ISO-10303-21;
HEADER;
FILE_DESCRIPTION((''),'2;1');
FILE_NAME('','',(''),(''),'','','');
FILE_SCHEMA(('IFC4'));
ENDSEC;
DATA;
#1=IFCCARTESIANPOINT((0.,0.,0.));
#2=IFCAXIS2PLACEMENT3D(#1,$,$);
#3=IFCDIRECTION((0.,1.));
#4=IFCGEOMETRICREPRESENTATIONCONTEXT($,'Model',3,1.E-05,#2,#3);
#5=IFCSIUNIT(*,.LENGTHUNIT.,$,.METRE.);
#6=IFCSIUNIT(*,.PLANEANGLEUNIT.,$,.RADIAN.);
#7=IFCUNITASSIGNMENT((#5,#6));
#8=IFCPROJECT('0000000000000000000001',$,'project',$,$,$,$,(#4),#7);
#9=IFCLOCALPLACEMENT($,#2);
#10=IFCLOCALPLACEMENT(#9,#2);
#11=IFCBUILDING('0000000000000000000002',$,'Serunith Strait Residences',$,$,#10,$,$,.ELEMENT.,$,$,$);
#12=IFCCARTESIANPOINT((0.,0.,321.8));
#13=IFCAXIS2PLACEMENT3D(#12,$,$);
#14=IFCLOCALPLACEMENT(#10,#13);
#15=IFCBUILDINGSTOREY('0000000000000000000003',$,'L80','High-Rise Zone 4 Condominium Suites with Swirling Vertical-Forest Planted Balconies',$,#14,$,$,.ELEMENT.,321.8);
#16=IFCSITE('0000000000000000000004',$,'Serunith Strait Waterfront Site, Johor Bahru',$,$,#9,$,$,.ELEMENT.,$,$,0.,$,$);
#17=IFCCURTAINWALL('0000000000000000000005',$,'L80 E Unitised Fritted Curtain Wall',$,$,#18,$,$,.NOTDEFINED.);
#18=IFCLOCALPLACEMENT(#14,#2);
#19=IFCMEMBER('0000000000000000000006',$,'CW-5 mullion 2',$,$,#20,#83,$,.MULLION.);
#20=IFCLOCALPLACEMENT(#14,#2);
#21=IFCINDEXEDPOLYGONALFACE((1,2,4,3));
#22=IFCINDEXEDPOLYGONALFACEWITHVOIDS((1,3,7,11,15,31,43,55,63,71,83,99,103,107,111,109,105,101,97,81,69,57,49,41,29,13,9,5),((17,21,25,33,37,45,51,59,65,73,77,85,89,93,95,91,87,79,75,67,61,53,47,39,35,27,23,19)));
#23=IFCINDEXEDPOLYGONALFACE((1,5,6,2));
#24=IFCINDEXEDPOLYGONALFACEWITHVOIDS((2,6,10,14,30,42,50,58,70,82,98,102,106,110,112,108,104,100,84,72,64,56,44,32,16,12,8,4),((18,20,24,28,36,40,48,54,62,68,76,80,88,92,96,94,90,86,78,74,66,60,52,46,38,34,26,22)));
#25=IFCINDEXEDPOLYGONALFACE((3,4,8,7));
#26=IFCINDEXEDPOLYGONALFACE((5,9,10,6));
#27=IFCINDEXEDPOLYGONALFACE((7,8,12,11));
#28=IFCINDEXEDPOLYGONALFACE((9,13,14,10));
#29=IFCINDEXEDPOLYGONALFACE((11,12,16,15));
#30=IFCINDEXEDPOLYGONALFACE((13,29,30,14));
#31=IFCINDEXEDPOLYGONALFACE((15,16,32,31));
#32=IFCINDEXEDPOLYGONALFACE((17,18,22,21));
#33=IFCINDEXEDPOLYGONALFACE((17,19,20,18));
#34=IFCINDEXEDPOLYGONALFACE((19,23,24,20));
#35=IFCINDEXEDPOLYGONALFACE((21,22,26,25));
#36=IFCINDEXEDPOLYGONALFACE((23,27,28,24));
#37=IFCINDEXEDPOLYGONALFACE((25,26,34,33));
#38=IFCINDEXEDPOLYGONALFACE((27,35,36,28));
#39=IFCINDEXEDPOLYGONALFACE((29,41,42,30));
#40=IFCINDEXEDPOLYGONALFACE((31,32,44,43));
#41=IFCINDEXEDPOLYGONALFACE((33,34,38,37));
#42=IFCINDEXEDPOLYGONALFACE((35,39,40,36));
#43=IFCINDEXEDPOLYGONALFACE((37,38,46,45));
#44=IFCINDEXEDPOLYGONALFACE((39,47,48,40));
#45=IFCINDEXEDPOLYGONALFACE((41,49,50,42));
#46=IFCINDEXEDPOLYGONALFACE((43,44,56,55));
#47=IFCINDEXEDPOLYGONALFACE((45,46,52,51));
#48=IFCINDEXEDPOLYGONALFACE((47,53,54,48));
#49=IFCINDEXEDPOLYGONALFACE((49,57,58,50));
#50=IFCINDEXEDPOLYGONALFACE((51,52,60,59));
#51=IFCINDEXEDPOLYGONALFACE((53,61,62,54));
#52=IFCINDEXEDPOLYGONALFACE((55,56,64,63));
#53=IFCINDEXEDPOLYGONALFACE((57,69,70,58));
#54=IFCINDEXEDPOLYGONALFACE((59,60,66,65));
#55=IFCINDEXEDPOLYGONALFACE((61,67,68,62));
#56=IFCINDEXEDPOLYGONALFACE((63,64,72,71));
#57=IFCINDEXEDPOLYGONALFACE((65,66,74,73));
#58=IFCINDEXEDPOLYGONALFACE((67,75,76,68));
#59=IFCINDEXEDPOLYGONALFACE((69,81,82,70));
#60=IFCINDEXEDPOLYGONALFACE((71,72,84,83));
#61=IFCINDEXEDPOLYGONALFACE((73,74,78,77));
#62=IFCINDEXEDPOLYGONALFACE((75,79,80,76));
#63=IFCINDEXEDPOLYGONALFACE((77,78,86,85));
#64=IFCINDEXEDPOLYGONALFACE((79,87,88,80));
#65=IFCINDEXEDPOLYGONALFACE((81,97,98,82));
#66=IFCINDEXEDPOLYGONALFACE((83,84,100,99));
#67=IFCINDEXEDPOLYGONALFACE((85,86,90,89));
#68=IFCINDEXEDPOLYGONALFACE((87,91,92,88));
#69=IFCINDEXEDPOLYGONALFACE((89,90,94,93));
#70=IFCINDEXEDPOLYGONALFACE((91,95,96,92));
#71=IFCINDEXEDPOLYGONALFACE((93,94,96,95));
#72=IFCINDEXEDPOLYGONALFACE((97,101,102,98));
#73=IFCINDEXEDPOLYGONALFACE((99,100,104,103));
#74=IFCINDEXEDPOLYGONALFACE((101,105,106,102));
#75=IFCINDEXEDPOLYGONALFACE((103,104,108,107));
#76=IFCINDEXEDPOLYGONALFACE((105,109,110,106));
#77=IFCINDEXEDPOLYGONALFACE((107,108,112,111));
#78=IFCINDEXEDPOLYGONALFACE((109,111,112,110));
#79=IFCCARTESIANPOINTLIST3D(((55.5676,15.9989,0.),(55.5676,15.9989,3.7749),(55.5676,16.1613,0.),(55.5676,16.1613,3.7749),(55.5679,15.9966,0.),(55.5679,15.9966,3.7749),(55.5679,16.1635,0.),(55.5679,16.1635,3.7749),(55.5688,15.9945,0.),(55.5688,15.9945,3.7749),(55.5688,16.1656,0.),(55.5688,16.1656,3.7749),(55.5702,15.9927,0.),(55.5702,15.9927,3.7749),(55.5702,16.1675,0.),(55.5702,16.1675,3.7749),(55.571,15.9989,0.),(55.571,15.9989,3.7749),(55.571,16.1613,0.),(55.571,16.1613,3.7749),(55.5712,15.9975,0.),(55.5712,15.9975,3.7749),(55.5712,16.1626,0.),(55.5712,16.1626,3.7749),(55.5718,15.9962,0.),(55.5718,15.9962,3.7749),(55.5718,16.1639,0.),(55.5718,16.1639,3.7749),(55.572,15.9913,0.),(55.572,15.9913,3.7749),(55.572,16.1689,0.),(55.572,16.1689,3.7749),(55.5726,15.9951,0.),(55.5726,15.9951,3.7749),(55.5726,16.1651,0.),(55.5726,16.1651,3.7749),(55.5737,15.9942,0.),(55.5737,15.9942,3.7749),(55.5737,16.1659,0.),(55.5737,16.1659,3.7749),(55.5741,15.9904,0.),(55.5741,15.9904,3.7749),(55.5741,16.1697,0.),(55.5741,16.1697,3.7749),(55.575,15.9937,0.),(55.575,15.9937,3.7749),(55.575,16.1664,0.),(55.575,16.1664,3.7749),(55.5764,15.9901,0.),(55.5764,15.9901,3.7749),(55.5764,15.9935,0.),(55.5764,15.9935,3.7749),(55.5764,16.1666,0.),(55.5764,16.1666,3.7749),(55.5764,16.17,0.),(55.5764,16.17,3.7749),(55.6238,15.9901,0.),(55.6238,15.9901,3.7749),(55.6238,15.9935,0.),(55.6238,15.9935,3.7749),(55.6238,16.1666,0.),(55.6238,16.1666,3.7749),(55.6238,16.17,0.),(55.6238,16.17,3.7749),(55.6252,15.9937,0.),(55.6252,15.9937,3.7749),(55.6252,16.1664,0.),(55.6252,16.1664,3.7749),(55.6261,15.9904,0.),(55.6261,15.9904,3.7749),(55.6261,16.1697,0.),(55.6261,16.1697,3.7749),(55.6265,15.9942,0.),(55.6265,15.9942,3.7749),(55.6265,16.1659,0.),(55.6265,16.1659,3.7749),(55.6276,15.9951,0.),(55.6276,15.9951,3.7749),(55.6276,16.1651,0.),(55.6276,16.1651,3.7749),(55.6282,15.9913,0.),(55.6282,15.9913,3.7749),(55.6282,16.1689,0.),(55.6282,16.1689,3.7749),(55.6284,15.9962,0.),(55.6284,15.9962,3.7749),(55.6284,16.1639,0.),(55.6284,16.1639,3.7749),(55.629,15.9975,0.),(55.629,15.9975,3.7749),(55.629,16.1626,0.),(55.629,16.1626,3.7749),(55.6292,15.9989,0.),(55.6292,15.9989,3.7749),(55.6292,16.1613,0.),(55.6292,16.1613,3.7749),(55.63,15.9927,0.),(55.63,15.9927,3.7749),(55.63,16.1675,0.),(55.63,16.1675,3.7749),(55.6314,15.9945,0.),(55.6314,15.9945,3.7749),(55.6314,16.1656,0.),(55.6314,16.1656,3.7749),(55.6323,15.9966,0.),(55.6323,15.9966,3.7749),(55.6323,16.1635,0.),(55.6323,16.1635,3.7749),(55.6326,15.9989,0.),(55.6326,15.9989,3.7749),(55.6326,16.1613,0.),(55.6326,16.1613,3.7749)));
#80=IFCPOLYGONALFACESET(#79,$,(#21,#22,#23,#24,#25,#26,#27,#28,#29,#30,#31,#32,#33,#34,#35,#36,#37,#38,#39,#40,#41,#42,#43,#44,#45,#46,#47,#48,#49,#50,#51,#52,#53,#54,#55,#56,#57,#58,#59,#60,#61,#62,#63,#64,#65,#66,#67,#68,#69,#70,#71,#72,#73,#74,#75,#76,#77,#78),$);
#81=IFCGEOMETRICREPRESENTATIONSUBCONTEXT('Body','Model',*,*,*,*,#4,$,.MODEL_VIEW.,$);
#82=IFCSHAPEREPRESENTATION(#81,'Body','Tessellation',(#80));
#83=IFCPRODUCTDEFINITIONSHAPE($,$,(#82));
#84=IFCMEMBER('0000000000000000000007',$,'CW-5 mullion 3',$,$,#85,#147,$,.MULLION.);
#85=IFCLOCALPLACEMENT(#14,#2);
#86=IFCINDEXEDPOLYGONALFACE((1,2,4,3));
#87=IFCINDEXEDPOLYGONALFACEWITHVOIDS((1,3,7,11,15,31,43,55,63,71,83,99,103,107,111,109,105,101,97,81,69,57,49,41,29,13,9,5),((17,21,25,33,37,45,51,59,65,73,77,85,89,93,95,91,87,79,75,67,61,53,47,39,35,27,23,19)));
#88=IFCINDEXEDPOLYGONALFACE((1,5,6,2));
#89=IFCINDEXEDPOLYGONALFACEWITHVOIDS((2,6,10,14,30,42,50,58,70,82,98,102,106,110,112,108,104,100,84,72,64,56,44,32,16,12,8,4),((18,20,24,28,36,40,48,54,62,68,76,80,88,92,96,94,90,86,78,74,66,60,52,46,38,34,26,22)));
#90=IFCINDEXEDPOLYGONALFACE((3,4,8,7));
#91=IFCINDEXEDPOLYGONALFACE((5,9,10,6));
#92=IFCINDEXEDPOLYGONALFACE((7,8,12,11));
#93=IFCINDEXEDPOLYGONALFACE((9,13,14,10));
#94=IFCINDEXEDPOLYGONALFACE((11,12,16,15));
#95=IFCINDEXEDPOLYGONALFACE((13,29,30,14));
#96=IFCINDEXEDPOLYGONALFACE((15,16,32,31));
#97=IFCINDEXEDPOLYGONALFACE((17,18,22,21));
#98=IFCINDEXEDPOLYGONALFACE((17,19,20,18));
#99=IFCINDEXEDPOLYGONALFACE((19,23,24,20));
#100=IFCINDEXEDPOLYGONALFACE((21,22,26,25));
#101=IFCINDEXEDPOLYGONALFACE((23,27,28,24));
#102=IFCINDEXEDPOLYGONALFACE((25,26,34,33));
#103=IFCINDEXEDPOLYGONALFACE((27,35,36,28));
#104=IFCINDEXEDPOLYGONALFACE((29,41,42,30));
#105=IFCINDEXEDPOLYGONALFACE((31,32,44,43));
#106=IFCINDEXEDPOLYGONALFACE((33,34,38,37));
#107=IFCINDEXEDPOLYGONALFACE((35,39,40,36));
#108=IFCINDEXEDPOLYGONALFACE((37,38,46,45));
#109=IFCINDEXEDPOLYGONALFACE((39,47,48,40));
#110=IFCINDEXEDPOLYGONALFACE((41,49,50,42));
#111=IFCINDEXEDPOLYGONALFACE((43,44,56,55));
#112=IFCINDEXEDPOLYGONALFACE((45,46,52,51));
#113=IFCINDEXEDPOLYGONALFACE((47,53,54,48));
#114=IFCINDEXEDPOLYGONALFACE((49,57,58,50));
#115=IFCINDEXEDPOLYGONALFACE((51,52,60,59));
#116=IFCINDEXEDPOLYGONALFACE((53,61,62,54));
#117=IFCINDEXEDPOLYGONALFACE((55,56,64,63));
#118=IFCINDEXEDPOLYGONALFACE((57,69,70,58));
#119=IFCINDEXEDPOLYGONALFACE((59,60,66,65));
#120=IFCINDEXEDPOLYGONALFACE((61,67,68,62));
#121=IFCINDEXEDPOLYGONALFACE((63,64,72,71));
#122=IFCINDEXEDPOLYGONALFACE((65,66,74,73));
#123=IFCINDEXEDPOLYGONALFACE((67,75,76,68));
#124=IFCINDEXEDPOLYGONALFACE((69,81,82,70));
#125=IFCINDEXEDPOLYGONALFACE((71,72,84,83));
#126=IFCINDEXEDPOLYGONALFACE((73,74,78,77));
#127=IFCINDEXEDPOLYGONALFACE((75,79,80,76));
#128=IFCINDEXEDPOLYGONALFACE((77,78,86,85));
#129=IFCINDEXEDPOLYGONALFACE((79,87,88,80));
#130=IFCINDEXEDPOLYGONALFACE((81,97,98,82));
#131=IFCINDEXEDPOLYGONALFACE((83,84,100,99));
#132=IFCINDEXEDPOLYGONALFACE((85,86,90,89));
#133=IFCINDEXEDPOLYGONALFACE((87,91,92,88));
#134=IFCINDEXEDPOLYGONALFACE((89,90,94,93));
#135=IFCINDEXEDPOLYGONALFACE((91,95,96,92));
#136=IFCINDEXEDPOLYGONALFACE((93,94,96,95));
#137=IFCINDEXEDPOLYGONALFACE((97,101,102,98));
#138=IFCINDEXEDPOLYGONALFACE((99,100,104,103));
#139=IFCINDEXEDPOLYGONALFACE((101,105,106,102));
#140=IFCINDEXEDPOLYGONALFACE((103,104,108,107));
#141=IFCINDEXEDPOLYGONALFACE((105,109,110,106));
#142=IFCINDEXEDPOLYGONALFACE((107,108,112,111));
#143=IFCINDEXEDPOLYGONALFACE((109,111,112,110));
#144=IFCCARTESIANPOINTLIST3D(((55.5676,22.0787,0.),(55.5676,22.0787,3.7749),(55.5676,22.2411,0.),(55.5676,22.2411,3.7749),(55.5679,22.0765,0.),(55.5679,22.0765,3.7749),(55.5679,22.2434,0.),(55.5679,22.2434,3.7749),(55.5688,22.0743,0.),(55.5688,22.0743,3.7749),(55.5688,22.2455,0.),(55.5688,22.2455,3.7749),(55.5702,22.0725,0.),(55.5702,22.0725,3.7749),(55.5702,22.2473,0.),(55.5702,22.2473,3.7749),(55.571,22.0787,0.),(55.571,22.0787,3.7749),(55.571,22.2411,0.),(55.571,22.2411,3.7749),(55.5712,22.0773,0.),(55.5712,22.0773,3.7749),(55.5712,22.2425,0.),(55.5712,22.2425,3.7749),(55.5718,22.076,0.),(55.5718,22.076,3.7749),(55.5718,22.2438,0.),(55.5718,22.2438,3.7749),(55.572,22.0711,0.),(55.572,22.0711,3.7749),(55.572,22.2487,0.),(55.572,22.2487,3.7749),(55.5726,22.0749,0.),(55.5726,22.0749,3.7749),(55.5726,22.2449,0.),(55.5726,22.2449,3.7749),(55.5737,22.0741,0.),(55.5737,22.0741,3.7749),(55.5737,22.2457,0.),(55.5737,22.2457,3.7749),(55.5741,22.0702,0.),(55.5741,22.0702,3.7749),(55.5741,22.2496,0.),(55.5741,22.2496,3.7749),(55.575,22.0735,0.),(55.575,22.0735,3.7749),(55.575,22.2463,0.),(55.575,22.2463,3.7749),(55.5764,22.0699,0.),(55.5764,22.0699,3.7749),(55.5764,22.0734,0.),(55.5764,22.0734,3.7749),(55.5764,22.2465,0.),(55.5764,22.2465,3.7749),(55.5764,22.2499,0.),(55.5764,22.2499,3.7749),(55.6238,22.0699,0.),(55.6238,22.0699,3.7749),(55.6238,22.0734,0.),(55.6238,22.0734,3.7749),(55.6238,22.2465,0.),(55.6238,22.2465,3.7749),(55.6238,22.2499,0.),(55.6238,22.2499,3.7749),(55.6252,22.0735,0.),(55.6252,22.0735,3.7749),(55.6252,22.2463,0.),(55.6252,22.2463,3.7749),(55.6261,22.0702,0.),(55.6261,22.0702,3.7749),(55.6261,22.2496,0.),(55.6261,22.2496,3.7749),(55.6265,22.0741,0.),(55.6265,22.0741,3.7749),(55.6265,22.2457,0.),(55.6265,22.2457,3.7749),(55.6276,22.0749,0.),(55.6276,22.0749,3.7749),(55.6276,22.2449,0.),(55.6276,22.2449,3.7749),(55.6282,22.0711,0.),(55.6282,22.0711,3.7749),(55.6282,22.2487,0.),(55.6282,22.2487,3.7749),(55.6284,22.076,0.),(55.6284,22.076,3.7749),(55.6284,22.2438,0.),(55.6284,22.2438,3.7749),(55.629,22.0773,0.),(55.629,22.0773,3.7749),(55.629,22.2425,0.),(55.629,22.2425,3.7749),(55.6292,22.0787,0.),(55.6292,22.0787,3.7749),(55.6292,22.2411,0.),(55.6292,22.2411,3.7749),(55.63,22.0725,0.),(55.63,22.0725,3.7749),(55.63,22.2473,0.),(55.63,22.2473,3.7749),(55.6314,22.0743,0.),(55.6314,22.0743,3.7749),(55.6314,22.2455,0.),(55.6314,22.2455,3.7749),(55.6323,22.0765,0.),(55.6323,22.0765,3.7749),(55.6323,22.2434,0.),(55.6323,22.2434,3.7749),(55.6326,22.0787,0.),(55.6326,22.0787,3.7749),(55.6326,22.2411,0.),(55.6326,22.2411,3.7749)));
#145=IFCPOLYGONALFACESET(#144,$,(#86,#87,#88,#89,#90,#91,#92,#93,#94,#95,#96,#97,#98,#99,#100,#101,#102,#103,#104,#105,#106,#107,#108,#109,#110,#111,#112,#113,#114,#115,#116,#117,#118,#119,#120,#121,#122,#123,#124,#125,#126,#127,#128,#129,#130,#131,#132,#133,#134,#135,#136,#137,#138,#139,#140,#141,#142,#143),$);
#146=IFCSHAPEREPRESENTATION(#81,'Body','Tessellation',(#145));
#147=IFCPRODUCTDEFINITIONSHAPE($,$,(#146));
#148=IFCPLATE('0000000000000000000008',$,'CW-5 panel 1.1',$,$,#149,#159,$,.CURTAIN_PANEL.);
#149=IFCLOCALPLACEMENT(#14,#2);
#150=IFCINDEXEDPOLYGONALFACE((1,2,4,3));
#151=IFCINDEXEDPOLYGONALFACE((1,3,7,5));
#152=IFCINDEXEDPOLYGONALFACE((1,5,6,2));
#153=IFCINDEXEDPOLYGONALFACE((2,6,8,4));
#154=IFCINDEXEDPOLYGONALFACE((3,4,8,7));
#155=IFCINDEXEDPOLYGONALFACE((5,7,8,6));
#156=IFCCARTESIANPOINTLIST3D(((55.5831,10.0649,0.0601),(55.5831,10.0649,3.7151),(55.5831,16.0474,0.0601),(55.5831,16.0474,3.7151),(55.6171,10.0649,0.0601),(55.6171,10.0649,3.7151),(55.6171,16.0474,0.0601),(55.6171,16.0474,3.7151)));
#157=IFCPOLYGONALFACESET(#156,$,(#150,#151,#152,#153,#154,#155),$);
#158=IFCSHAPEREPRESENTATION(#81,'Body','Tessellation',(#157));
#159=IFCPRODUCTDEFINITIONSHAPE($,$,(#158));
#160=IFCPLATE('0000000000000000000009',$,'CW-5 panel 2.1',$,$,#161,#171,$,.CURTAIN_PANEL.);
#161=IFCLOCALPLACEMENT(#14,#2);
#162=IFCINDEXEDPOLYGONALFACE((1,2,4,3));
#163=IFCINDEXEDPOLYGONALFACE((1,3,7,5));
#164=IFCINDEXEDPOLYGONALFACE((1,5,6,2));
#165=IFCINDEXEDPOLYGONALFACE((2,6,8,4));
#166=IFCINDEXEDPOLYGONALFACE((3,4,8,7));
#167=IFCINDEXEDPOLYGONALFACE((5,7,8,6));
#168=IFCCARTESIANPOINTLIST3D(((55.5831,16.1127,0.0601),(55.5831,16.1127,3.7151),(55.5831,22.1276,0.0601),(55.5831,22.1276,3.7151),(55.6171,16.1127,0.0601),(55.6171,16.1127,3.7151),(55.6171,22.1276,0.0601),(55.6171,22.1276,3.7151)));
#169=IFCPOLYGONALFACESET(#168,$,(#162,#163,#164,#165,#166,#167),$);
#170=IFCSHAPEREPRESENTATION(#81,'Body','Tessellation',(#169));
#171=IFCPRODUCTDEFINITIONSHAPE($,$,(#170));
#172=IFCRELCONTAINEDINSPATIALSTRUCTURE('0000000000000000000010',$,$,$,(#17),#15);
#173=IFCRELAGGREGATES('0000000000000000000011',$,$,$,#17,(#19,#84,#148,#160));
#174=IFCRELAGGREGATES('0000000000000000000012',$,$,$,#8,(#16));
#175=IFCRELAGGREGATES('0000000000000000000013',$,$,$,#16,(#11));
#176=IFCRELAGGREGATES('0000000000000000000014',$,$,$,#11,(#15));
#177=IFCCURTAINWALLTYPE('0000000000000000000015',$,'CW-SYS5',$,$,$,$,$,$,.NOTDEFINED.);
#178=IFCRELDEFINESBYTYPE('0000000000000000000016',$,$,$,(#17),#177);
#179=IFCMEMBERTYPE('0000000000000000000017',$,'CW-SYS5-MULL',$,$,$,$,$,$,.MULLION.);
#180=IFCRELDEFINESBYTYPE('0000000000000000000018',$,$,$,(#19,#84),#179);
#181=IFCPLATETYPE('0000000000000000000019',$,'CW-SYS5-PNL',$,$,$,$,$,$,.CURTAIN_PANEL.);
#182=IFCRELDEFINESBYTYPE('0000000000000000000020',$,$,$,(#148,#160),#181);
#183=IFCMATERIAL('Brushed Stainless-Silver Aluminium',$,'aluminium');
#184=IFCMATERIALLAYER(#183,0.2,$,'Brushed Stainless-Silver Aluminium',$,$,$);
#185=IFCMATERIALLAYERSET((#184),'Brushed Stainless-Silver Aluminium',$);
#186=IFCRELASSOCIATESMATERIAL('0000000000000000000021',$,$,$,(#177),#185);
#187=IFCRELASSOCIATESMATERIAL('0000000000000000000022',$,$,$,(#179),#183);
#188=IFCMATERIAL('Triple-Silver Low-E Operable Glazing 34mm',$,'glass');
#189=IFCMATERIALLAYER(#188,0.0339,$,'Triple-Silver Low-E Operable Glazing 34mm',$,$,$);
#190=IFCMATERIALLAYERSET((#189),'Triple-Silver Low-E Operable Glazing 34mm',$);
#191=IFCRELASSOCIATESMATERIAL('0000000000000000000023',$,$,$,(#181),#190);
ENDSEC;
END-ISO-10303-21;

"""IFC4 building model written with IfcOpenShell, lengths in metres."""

from ifc_helpers import new_model, si_unit, direction, frame, origin, origin_2d, place, context, subcontext, project, spatial, rectangle, hollow_rectangle, extrude, source, transform, mapped, material, layer, layer_set, material_profile, profile_set, type_object, element, aggregate, save


model = new_model("IFC4")

# Units and contexts
model_context = context("Model", 3, precision=1e-05, world=origin(), true_north=direction((0.0, 1.0)))
body_context = subcontext(model_context, "Body", "Model", "MODEL_VIEW")
ifc_project = project(units=[si_unit("LENGTHUNIT", "METRE"), si_unit("PLANEANGLEUNIT", "RADIAN")], contexts=[model_context])

# Site, building, storey
site_placement = place(None, origin())
site = spatial("IfcSite", under=ifc_project, at=site_placement, Name="Serunith Strait Waterfront Site, Johor Bahru", CompositionType="ELEMENT", RefElevation=0.0)
building_placement = place(site_placement, origin())
building = spatial("IfcBuilding", under=site, at=building_placement, Name="Serunith Strait Residences", CompositionType="ELEMENT")
storey_placement = place(building_placement, frame((0.0, 0.0, 321.8)))
storey = spatial("IfcBuildingStorey", under=building, at=storey_placement, Name="L80", Description="High-Rise Zone 4 Condominium Suites with Swirling Vertical-Forest Planted Balconies", CompositionType="ELEMENT", Elevation=321.8)

# Curtain wall, members, plates
ifc_material_1 = material(Name="Brushed Stainless-Silver Aluminium", Category="aluminium")
ifc_layer_1 = layer(ifc_material_1, 0.2, Name="Brushed Stainless-Silver Aluminium")
ifc_layer_set_1 = layer_set([ifc_layer_1], Name="Brushed Stainless-Silver Aluminium")
curtain_wall_type = type_object("IfcCurtainWallType", Name="CW-SYS5", PredefinedType="NOTDEFINED", material=ifc_layer_set_1)
curtain_wall_placement = place(storey_placement, origin())
curtain_wall = element("IfcCurtainWall", 1, at=curtain_wall_placement, inside=storey, type_object=curtain_wall_type, Name="L80 E Unitised Fritted Curtain Wall", PredefinedType="NOTDEFINED")
ifc_material_profile_1 = material_profile(ifc_material_1, hollow_rectangle(XDim=0.0649, YDim=0.1799, WallThickness=0.0034, InnerFilletRadius=0.0054, OuterFilletRadius=0.0088, at=origin_2d()), Name="ALU 180x65x3.5")
ifc_profile_set_1 = profile_set([ifc_material_profile_1], Name="Brushed Stainless-Silver Aluminium")
member_type_1 = type_object("IfcMemberType", Name="CW-SYS5-MULL", PredefinedType="MULLION", material=ifc_profile_set_1)
shared_shape_1 = source(origin(), body_context, "Body", "SweptSolid", [
    extrude(hollow_rectangle(XDim=0.0649, YDim=0.1799, WallThickness=0.0034, InnerFilletRadius=0.0054, OuterFilletRadius=0.0088, at=origin_2d()), origin(), (0.0, 0.0, 1.0), 3.7749),
])
member_1_placement = place(storey_placement, frame((55.6001, 16.0801, 0.0), z_axis=(0.0, 0.0, 1.0), x_axis=(-1.0, 0.0, 0.0)))
member_1 = element("IfcMember", 2, at=member_1_placement, type_object=member_type_1, Name="CW-5 mullion 2", PredefinedType="MULLION", context=body_context, shape_type="MappedRepresentation", body=[
    mapped(shared_shape_1, transform((0.0, 0.0, 0.0), scale=1.0)),
])
member_2_placement = place(storey_placement, frame((55.6001, 22.1599, 0.0), z_axis=(0.0, 0.0, 1.0), x_axis=(-1.0, 0.0, 0.0)))
member_2 = element("IfcMember", 3, at=member_2_placement, type_object=member_type_1, Name="CW-5 mullion 3", PredefinedType="MULLION", context=body_context, shape_type="MappedRepresentation", body=[
    mapped(shared_shape_1, transform((0.0, 0.0, 0.0), scale=1.0)),
])
ifc_material_2 = material(Name="Triple-Silver Low-E Operable Glazing 34mm", Category="glass")
ifc_layer_2 = layer(ifc_material_2, 0.0339, Name="Triple-Silver Low-E Operable Glazing 34mm")
ifc_layer_set_2 = layer_set([ifc_layer_2], Name="Triple-Silver Low-E Operable Glazing 34mm")
plate_type = type_object("IfcPlateType", Name="CW-SYS5-PNL", PredefinedType="CURTAIN_PANEL", material=ifc_layer_set_2)
shared_shape_2 = source(origin(), body_context, "Body", "SweptSolid", [
    extrude(rectangle(XDim=5.9824, YDim=0.0339, at=origin_2d()), origin(), (0.0, 0.0, 1.0), 3.655),
])
plate_1_placement = place(storey_placement, frame((55.6001, 13.0562, 0.0601), z_axis=(0.0, 0.0, 1.0), x_axis=(0.0, 1.0, 0.0)))
plate_1 = element("IfcPlate", 4, at=plate_1_placement, type_object=plate_type, Name="CW-5 panel 1.1", PredefinedType="CURTAIN_PANEL", context=body_context, shape_type="MappedRepresentation", body=[
    mapped(shared_shape_2, transform((0.0, 0.0, 0.0), scale=1.0)),
])
shared_shape_3 = source(origin(), body_context, "Body", "SweptSolid", [
    extrude(rectangle(XDim=6.0149, YDim=0.0339, at=origin_2d()), origin(), (0.0, 0.0, 1.0), 3.655),
])
plate_2_placement = place(storey_placement, frame((55.6001, 19.1201, 0.0601), z_axis=(0.0, 0.0, 1.0), x_axis=(0.0, 1.0, 0.0)))
plate_2 = element("IfcPlate", 5, at=plate_2_placement, type_object=plate_type, Name="CW-5 panel 2.1", PredefinedType="CURTAIN_PANEL", context=body_context, shape_type="MappedRepresentation", body=[
    mapped(shared_shape_3, transform((0.0, 0.0, 0.0), scale=1.0)),
])
aggregate(curtain_wall, [member_1, member_2, plate_1, plate_2])

save(model, "model.ifc")
